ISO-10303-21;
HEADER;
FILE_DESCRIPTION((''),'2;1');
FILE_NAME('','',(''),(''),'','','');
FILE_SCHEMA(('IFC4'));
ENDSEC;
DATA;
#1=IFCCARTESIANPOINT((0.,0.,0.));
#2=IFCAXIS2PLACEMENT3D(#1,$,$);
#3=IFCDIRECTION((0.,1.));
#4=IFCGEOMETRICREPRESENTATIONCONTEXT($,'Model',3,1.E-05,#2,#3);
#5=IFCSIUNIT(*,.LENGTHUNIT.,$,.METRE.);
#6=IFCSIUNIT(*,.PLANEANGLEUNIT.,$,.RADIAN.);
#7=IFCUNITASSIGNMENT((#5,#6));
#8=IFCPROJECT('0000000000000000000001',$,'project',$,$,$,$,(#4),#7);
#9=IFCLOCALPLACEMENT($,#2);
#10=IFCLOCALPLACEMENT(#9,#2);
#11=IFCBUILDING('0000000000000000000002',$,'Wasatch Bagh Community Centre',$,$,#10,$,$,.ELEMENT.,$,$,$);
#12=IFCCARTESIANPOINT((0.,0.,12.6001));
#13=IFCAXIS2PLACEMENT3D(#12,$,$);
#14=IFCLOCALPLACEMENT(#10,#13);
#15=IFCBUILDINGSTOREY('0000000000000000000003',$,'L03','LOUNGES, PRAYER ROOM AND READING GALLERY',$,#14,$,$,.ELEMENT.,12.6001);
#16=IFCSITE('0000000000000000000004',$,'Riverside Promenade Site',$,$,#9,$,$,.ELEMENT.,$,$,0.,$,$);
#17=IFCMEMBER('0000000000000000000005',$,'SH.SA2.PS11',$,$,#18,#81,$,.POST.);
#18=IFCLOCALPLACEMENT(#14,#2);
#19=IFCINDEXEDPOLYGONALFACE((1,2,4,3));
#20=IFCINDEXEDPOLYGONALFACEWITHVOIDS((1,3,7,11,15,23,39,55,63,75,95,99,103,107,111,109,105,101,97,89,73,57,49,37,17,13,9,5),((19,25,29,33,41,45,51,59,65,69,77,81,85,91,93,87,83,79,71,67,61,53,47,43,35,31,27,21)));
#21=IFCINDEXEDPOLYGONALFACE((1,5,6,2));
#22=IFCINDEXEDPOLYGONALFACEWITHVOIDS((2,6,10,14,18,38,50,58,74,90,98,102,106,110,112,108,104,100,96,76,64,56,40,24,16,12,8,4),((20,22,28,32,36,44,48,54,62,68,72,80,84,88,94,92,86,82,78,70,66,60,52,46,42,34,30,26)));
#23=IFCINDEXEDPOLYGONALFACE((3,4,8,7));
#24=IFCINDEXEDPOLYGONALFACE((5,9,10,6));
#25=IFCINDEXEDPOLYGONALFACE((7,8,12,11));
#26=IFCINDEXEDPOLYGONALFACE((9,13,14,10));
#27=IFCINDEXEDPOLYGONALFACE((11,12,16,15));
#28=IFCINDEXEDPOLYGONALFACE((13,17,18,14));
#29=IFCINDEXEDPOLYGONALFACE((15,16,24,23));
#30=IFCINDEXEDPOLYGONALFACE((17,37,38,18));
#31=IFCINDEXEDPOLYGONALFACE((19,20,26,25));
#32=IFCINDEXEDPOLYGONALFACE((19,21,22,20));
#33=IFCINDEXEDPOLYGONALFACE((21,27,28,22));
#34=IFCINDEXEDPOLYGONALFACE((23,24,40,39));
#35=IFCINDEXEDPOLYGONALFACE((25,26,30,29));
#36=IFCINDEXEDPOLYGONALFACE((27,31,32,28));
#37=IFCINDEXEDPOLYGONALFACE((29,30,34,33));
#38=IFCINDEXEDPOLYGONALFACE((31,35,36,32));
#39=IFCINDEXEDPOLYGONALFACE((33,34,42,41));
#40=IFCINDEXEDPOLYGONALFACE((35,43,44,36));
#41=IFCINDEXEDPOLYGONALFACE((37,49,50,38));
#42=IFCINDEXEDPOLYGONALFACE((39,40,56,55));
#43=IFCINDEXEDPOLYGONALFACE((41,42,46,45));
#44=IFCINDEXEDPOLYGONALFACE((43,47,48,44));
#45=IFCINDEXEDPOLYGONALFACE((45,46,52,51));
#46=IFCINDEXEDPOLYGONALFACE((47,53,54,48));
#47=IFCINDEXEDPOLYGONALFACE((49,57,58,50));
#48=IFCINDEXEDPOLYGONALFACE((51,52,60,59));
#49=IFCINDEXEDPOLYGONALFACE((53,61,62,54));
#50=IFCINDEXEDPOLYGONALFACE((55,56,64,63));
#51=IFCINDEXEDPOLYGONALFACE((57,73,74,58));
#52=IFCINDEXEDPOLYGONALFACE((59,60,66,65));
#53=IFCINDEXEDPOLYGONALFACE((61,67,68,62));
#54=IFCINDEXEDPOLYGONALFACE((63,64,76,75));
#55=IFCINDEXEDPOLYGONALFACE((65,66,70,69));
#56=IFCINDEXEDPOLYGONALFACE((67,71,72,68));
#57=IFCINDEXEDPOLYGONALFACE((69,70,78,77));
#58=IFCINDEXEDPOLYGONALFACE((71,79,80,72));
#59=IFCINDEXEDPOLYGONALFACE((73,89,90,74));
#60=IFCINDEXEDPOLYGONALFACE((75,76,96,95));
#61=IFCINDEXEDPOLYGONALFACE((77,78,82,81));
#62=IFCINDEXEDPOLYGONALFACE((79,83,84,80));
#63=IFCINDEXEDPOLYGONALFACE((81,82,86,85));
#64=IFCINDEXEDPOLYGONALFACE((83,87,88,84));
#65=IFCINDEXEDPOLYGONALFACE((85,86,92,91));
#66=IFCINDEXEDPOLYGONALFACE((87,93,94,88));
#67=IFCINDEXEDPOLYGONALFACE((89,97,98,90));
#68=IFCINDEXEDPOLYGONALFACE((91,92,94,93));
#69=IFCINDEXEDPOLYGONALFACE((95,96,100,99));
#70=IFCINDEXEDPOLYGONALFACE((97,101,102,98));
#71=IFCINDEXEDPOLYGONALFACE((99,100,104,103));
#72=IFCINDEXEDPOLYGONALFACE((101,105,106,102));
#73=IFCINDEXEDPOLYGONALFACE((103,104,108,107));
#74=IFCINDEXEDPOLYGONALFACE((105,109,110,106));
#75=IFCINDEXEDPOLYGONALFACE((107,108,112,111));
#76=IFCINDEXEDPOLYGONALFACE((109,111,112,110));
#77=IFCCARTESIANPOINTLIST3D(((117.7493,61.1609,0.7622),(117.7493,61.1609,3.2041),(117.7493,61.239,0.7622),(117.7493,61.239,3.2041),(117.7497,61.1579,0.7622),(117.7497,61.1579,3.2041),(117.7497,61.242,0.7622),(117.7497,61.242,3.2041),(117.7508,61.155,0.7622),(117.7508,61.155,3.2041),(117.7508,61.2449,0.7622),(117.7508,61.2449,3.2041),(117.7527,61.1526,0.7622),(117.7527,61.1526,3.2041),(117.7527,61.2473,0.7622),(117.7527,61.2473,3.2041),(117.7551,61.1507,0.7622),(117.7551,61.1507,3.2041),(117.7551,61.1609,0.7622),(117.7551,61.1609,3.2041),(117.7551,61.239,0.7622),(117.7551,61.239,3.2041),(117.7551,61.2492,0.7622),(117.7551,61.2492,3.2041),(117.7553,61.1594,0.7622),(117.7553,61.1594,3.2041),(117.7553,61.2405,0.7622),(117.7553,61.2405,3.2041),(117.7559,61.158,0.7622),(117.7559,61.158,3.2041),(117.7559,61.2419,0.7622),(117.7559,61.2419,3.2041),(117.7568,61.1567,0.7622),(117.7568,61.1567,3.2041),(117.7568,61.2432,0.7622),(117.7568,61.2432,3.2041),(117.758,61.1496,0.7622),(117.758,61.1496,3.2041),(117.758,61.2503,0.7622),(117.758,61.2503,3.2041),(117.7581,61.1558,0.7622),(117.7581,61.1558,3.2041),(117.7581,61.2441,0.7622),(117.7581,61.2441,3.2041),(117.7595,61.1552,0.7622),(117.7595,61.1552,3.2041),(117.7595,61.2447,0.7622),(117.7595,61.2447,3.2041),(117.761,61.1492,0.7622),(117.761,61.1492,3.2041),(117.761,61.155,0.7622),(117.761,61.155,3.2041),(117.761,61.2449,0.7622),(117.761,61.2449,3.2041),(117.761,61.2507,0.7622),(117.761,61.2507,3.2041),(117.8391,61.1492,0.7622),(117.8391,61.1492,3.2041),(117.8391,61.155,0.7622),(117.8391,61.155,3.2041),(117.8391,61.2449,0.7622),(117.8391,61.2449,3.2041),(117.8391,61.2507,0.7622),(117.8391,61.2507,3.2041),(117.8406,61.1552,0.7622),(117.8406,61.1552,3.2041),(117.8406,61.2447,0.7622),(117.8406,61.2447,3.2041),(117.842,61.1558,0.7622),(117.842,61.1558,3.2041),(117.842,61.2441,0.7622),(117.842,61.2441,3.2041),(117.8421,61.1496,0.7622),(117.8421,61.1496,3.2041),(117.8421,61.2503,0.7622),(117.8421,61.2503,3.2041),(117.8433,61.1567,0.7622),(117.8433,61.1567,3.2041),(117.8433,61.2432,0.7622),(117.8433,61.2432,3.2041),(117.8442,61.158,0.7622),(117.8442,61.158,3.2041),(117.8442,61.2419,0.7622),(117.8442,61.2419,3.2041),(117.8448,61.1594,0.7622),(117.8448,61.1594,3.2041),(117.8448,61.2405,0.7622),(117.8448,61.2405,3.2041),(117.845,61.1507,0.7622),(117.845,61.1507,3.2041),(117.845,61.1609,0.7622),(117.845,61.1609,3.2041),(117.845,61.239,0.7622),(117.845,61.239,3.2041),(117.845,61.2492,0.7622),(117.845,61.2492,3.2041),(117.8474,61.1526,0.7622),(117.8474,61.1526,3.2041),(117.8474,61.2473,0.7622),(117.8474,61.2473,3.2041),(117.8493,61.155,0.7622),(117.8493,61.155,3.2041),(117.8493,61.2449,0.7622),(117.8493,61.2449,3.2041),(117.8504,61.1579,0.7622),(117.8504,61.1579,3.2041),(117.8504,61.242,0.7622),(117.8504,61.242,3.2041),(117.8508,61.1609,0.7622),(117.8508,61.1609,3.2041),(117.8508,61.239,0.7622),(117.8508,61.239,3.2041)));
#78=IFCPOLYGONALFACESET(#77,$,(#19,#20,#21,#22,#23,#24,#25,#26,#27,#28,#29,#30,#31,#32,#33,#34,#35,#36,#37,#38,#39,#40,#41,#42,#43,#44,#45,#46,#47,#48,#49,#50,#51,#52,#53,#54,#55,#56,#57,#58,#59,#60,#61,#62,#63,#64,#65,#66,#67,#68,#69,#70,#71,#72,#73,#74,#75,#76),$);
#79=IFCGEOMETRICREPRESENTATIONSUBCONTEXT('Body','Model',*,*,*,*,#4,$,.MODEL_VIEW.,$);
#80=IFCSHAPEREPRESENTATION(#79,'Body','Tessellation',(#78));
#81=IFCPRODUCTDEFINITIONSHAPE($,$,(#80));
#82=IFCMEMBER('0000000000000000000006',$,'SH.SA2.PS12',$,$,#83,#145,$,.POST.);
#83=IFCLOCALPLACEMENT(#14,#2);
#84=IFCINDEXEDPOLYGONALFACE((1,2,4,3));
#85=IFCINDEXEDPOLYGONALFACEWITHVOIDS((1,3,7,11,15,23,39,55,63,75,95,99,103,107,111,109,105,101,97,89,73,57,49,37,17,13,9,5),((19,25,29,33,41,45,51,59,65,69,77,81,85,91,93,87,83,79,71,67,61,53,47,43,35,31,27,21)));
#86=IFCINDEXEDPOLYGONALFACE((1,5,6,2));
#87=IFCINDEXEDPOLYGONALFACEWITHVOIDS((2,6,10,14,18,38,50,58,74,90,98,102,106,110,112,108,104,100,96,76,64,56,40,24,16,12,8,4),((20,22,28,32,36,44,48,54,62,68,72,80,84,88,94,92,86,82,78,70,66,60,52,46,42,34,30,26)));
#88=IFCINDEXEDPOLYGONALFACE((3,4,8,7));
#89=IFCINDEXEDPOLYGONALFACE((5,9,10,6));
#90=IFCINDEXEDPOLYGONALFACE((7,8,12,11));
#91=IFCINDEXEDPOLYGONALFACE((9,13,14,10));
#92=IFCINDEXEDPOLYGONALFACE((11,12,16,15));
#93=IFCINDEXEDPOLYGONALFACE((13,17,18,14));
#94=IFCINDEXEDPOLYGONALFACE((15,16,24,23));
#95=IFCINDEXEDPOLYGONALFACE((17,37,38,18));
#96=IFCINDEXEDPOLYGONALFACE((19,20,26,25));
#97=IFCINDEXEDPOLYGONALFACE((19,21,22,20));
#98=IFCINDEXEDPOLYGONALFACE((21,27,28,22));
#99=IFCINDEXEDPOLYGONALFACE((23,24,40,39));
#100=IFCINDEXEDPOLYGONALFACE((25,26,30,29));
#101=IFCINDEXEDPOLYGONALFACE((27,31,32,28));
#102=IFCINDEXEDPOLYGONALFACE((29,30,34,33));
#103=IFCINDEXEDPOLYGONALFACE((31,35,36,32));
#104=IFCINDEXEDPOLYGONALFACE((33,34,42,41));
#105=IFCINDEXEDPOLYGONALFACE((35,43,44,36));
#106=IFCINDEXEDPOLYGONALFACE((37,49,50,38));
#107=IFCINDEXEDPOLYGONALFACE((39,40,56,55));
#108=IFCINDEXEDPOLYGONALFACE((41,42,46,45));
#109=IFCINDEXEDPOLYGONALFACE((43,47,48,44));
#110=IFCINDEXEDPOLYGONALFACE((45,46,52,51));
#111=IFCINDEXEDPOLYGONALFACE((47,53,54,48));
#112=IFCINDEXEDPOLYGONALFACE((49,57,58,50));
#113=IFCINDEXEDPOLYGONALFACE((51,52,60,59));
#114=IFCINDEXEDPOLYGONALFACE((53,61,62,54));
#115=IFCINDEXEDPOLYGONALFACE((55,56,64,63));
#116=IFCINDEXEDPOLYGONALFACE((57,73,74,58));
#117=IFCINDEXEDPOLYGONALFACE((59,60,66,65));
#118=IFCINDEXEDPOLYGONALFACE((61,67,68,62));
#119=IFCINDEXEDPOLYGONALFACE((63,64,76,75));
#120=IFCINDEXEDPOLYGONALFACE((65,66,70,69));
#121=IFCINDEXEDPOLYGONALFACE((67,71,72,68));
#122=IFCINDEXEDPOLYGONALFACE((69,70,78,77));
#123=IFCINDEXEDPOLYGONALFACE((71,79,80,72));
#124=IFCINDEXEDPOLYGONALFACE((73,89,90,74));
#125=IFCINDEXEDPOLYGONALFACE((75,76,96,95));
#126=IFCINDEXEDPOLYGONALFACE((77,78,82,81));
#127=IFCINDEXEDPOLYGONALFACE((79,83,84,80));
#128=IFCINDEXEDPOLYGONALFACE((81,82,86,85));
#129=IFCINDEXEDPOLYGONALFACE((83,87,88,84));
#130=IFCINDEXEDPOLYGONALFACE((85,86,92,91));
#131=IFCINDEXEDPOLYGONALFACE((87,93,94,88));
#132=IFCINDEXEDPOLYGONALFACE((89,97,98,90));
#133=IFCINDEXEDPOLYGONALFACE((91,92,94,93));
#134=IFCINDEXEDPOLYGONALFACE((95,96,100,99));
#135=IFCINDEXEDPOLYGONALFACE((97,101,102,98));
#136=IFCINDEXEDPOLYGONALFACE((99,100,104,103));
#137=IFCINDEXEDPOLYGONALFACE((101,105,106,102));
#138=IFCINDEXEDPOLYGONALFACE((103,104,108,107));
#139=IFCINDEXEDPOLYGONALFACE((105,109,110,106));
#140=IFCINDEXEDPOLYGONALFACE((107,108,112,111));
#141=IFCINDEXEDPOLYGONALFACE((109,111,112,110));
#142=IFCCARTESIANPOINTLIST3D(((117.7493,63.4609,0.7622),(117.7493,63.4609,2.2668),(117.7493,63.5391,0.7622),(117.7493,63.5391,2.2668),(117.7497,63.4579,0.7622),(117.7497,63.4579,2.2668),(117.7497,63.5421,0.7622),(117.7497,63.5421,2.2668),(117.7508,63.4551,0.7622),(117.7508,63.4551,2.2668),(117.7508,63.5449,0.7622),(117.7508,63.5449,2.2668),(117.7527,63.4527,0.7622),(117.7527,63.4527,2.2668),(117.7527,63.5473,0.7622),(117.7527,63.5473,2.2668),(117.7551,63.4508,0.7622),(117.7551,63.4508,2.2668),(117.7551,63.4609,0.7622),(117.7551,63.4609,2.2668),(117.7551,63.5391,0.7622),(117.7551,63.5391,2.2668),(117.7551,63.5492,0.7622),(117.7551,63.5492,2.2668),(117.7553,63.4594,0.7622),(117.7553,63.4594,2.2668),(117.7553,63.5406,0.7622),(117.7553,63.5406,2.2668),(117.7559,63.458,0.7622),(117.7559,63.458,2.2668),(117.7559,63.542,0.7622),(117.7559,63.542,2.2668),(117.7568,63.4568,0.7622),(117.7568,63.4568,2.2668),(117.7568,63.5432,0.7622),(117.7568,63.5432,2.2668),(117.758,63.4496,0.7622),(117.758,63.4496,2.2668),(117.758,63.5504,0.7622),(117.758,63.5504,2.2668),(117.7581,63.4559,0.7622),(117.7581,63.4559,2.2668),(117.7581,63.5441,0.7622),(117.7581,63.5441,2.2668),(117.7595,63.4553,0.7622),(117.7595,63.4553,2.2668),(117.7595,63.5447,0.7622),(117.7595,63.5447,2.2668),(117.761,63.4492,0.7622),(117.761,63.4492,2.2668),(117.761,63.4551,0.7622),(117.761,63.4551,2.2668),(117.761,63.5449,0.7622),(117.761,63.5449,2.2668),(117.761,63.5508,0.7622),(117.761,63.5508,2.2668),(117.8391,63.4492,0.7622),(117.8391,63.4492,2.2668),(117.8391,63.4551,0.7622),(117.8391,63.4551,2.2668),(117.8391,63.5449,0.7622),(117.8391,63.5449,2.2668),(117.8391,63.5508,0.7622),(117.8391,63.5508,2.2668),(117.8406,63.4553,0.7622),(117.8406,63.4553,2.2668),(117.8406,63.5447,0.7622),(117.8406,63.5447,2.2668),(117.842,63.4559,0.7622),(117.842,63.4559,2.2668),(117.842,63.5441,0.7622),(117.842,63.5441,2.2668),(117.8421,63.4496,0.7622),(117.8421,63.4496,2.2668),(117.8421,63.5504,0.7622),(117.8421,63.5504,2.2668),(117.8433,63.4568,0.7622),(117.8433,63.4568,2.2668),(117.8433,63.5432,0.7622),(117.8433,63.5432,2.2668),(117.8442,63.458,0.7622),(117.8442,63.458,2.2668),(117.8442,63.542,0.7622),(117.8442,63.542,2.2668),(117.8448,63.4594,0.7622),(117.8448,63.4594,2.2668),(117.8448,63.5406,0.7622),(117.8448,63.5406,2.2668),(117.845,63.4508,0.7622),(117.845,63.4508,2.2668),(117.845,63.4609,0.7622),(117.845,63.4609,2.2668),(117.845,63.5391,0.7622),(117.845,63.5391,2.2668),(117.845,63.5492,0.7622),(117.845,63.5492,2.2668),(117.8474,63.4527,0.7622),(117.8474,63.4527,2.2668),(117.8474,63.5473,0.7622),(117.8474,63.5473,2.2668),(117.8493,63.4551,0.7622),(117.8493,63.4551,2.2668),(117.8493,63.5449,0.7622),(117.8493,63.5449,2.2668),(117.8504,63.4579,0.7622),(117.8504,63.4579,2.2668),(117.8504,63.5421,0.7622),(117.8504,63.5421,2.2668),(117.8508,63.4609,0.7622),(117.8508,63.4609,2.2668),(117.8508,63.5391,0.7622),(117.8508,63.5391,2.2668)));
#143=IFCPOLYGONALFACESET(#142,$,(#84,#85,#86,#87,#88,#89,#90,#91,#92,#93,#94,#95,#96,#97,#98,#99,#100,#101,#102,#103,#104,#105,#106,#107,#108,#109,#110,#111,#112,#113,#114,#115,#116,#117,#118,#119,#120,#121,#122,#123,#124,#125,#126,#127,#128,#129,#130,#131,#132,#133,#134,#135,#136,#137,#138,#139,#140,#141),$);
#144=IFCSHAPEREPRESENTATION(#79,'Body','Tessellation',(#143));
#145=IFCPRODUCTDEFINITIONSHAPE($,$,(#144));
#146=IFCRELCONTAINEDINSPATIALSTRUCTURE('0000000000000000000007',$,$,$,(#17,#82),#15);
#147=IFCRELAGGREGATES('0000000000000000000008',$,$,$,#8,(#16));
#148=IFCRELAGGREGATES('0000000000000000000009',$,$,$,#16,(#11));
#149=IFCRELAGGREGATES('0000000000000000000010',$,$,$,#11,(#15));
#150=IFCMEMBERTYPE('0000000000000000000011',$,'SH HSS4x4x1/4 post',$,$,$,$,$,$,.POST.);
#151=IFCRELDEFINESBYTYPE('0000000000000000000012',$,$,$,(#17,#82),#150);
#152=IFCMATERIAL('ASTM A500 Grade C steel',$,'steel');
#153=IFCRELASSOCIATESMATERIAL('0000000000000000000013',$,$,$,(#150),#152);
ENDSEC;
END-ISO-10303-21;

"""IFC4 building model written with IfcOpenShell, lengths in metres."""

from ifc_helpers import new_model, si_unit, direction, frame, origin, origin_2d, place, context, subcontext, project, spatial, hollow_rectangle, extrude, material, material_profile, profile_set, type_object, element, save


model = new_model("IFC4")

# Units and contexts
model_context = context("Model", 3, precision=1e-05, world=origin(), true_north=direction((0.0, 1.0)))
body_context = subcontext(model_context, "Body", "Model", "MODEL_VIEW")
ifc_project = project(units=[si_unit("LENGTHUNIT", "METRE"), si_unit("PLANEANGLEUNIT", "RADIAN")], contexts=[model_context])

# Site, building, storey
site_placement = place(None, origin())
site = spatial("IfcSite", under=ifc_project, at=site_placement, Name="Riverside Promenade Site", CompositionType="ELEMENT", RefElevation=0.0)
building_placement = place(site_placement, origin())
building = spatial("IfcBuilding", under=site, at=building_placement, Name="Wasatch Bagh Community Centre", CompositionType="ELEMENT")
storey_placement = place(building_placement, frame((0.0, 0.0, 12.6001)))
storey = spatial("IfcBuildingStorey", under=building, at=storey_placement, Name="L03", Description="LOUNGES, PRAYER ROOM AND READING GALLERY", CompositionType="ELEMENT", Elevation=12.6001)

# Members
ifc_material_1 = material(Name="ASTM A500 Grade C steel", Category="steel")
ifc_material_profile_1 = material_profile(ifc_material_1, hollow_rectangle(XDim=0.1016, YDim=0.1016, WallThickness=0.0059, InnerFilletRadius=0.0059, OuterFilletRadius=0.0117, at=origin_2d()), Name="HSS4x4x1/4")
ifc_profile_set_1 = profile_set([ifc_material_profile_1], Name="ASTM A500 Grade C steel")
member_type_1 = type_object("IfcMemberType", Name="SH HSS4x4x1/4 post", PredefinedType="POST", material=ifc_profile_set_1)
member_1_placement = place(storey_placement, frame((117.8, 61.2, 0.7622), z_axis=(0.0, 0.0, 1.0), x_axis=(1.0, 0.0, 0.0)))
element("IfcMember", 1, at=member_1_placement, inside=storey, type_object=member_type_1, Name="SH.SA2.PS11", PredefinedType="POST", context=body_context, shape_type="SweptSolid", body=[
    extrude(hollow_rectangle(XDim=0.1016, YDim=0.1016, WallThickness=0.0059, InnerFilletRadius=0.0059, OuterFilletRadius=0.0117, at=origin_2d()), origin(), (0.0, 0.0, 1.0), 2.4419),
])
member_2_placement = place(storey_placement, frame((117.8, 63.5, 0.7622), z_axis=(0.0, 0.0, 1.0), x_axis=(1.0, 0.0, 0.0)))
element("IfcMember", 2, at=member_2_placement, inside=storey, type_object=member_type_1, Name="SH.SA2.PS12", PredefinedType="POST", context=body_context, shape_type="SweptSolid", body=[
    extrude(hollow_rectangle(XDim=0.1016, YDim=0.1016, WallThickness=0.0059, InnerFilletRadius=0.0059, OuterFilletRadius=0.0117, at=origin_2d()), origin(), (0.0, 0.0, 1.0), 1.5046),
])

save(model, "model.ifc")
